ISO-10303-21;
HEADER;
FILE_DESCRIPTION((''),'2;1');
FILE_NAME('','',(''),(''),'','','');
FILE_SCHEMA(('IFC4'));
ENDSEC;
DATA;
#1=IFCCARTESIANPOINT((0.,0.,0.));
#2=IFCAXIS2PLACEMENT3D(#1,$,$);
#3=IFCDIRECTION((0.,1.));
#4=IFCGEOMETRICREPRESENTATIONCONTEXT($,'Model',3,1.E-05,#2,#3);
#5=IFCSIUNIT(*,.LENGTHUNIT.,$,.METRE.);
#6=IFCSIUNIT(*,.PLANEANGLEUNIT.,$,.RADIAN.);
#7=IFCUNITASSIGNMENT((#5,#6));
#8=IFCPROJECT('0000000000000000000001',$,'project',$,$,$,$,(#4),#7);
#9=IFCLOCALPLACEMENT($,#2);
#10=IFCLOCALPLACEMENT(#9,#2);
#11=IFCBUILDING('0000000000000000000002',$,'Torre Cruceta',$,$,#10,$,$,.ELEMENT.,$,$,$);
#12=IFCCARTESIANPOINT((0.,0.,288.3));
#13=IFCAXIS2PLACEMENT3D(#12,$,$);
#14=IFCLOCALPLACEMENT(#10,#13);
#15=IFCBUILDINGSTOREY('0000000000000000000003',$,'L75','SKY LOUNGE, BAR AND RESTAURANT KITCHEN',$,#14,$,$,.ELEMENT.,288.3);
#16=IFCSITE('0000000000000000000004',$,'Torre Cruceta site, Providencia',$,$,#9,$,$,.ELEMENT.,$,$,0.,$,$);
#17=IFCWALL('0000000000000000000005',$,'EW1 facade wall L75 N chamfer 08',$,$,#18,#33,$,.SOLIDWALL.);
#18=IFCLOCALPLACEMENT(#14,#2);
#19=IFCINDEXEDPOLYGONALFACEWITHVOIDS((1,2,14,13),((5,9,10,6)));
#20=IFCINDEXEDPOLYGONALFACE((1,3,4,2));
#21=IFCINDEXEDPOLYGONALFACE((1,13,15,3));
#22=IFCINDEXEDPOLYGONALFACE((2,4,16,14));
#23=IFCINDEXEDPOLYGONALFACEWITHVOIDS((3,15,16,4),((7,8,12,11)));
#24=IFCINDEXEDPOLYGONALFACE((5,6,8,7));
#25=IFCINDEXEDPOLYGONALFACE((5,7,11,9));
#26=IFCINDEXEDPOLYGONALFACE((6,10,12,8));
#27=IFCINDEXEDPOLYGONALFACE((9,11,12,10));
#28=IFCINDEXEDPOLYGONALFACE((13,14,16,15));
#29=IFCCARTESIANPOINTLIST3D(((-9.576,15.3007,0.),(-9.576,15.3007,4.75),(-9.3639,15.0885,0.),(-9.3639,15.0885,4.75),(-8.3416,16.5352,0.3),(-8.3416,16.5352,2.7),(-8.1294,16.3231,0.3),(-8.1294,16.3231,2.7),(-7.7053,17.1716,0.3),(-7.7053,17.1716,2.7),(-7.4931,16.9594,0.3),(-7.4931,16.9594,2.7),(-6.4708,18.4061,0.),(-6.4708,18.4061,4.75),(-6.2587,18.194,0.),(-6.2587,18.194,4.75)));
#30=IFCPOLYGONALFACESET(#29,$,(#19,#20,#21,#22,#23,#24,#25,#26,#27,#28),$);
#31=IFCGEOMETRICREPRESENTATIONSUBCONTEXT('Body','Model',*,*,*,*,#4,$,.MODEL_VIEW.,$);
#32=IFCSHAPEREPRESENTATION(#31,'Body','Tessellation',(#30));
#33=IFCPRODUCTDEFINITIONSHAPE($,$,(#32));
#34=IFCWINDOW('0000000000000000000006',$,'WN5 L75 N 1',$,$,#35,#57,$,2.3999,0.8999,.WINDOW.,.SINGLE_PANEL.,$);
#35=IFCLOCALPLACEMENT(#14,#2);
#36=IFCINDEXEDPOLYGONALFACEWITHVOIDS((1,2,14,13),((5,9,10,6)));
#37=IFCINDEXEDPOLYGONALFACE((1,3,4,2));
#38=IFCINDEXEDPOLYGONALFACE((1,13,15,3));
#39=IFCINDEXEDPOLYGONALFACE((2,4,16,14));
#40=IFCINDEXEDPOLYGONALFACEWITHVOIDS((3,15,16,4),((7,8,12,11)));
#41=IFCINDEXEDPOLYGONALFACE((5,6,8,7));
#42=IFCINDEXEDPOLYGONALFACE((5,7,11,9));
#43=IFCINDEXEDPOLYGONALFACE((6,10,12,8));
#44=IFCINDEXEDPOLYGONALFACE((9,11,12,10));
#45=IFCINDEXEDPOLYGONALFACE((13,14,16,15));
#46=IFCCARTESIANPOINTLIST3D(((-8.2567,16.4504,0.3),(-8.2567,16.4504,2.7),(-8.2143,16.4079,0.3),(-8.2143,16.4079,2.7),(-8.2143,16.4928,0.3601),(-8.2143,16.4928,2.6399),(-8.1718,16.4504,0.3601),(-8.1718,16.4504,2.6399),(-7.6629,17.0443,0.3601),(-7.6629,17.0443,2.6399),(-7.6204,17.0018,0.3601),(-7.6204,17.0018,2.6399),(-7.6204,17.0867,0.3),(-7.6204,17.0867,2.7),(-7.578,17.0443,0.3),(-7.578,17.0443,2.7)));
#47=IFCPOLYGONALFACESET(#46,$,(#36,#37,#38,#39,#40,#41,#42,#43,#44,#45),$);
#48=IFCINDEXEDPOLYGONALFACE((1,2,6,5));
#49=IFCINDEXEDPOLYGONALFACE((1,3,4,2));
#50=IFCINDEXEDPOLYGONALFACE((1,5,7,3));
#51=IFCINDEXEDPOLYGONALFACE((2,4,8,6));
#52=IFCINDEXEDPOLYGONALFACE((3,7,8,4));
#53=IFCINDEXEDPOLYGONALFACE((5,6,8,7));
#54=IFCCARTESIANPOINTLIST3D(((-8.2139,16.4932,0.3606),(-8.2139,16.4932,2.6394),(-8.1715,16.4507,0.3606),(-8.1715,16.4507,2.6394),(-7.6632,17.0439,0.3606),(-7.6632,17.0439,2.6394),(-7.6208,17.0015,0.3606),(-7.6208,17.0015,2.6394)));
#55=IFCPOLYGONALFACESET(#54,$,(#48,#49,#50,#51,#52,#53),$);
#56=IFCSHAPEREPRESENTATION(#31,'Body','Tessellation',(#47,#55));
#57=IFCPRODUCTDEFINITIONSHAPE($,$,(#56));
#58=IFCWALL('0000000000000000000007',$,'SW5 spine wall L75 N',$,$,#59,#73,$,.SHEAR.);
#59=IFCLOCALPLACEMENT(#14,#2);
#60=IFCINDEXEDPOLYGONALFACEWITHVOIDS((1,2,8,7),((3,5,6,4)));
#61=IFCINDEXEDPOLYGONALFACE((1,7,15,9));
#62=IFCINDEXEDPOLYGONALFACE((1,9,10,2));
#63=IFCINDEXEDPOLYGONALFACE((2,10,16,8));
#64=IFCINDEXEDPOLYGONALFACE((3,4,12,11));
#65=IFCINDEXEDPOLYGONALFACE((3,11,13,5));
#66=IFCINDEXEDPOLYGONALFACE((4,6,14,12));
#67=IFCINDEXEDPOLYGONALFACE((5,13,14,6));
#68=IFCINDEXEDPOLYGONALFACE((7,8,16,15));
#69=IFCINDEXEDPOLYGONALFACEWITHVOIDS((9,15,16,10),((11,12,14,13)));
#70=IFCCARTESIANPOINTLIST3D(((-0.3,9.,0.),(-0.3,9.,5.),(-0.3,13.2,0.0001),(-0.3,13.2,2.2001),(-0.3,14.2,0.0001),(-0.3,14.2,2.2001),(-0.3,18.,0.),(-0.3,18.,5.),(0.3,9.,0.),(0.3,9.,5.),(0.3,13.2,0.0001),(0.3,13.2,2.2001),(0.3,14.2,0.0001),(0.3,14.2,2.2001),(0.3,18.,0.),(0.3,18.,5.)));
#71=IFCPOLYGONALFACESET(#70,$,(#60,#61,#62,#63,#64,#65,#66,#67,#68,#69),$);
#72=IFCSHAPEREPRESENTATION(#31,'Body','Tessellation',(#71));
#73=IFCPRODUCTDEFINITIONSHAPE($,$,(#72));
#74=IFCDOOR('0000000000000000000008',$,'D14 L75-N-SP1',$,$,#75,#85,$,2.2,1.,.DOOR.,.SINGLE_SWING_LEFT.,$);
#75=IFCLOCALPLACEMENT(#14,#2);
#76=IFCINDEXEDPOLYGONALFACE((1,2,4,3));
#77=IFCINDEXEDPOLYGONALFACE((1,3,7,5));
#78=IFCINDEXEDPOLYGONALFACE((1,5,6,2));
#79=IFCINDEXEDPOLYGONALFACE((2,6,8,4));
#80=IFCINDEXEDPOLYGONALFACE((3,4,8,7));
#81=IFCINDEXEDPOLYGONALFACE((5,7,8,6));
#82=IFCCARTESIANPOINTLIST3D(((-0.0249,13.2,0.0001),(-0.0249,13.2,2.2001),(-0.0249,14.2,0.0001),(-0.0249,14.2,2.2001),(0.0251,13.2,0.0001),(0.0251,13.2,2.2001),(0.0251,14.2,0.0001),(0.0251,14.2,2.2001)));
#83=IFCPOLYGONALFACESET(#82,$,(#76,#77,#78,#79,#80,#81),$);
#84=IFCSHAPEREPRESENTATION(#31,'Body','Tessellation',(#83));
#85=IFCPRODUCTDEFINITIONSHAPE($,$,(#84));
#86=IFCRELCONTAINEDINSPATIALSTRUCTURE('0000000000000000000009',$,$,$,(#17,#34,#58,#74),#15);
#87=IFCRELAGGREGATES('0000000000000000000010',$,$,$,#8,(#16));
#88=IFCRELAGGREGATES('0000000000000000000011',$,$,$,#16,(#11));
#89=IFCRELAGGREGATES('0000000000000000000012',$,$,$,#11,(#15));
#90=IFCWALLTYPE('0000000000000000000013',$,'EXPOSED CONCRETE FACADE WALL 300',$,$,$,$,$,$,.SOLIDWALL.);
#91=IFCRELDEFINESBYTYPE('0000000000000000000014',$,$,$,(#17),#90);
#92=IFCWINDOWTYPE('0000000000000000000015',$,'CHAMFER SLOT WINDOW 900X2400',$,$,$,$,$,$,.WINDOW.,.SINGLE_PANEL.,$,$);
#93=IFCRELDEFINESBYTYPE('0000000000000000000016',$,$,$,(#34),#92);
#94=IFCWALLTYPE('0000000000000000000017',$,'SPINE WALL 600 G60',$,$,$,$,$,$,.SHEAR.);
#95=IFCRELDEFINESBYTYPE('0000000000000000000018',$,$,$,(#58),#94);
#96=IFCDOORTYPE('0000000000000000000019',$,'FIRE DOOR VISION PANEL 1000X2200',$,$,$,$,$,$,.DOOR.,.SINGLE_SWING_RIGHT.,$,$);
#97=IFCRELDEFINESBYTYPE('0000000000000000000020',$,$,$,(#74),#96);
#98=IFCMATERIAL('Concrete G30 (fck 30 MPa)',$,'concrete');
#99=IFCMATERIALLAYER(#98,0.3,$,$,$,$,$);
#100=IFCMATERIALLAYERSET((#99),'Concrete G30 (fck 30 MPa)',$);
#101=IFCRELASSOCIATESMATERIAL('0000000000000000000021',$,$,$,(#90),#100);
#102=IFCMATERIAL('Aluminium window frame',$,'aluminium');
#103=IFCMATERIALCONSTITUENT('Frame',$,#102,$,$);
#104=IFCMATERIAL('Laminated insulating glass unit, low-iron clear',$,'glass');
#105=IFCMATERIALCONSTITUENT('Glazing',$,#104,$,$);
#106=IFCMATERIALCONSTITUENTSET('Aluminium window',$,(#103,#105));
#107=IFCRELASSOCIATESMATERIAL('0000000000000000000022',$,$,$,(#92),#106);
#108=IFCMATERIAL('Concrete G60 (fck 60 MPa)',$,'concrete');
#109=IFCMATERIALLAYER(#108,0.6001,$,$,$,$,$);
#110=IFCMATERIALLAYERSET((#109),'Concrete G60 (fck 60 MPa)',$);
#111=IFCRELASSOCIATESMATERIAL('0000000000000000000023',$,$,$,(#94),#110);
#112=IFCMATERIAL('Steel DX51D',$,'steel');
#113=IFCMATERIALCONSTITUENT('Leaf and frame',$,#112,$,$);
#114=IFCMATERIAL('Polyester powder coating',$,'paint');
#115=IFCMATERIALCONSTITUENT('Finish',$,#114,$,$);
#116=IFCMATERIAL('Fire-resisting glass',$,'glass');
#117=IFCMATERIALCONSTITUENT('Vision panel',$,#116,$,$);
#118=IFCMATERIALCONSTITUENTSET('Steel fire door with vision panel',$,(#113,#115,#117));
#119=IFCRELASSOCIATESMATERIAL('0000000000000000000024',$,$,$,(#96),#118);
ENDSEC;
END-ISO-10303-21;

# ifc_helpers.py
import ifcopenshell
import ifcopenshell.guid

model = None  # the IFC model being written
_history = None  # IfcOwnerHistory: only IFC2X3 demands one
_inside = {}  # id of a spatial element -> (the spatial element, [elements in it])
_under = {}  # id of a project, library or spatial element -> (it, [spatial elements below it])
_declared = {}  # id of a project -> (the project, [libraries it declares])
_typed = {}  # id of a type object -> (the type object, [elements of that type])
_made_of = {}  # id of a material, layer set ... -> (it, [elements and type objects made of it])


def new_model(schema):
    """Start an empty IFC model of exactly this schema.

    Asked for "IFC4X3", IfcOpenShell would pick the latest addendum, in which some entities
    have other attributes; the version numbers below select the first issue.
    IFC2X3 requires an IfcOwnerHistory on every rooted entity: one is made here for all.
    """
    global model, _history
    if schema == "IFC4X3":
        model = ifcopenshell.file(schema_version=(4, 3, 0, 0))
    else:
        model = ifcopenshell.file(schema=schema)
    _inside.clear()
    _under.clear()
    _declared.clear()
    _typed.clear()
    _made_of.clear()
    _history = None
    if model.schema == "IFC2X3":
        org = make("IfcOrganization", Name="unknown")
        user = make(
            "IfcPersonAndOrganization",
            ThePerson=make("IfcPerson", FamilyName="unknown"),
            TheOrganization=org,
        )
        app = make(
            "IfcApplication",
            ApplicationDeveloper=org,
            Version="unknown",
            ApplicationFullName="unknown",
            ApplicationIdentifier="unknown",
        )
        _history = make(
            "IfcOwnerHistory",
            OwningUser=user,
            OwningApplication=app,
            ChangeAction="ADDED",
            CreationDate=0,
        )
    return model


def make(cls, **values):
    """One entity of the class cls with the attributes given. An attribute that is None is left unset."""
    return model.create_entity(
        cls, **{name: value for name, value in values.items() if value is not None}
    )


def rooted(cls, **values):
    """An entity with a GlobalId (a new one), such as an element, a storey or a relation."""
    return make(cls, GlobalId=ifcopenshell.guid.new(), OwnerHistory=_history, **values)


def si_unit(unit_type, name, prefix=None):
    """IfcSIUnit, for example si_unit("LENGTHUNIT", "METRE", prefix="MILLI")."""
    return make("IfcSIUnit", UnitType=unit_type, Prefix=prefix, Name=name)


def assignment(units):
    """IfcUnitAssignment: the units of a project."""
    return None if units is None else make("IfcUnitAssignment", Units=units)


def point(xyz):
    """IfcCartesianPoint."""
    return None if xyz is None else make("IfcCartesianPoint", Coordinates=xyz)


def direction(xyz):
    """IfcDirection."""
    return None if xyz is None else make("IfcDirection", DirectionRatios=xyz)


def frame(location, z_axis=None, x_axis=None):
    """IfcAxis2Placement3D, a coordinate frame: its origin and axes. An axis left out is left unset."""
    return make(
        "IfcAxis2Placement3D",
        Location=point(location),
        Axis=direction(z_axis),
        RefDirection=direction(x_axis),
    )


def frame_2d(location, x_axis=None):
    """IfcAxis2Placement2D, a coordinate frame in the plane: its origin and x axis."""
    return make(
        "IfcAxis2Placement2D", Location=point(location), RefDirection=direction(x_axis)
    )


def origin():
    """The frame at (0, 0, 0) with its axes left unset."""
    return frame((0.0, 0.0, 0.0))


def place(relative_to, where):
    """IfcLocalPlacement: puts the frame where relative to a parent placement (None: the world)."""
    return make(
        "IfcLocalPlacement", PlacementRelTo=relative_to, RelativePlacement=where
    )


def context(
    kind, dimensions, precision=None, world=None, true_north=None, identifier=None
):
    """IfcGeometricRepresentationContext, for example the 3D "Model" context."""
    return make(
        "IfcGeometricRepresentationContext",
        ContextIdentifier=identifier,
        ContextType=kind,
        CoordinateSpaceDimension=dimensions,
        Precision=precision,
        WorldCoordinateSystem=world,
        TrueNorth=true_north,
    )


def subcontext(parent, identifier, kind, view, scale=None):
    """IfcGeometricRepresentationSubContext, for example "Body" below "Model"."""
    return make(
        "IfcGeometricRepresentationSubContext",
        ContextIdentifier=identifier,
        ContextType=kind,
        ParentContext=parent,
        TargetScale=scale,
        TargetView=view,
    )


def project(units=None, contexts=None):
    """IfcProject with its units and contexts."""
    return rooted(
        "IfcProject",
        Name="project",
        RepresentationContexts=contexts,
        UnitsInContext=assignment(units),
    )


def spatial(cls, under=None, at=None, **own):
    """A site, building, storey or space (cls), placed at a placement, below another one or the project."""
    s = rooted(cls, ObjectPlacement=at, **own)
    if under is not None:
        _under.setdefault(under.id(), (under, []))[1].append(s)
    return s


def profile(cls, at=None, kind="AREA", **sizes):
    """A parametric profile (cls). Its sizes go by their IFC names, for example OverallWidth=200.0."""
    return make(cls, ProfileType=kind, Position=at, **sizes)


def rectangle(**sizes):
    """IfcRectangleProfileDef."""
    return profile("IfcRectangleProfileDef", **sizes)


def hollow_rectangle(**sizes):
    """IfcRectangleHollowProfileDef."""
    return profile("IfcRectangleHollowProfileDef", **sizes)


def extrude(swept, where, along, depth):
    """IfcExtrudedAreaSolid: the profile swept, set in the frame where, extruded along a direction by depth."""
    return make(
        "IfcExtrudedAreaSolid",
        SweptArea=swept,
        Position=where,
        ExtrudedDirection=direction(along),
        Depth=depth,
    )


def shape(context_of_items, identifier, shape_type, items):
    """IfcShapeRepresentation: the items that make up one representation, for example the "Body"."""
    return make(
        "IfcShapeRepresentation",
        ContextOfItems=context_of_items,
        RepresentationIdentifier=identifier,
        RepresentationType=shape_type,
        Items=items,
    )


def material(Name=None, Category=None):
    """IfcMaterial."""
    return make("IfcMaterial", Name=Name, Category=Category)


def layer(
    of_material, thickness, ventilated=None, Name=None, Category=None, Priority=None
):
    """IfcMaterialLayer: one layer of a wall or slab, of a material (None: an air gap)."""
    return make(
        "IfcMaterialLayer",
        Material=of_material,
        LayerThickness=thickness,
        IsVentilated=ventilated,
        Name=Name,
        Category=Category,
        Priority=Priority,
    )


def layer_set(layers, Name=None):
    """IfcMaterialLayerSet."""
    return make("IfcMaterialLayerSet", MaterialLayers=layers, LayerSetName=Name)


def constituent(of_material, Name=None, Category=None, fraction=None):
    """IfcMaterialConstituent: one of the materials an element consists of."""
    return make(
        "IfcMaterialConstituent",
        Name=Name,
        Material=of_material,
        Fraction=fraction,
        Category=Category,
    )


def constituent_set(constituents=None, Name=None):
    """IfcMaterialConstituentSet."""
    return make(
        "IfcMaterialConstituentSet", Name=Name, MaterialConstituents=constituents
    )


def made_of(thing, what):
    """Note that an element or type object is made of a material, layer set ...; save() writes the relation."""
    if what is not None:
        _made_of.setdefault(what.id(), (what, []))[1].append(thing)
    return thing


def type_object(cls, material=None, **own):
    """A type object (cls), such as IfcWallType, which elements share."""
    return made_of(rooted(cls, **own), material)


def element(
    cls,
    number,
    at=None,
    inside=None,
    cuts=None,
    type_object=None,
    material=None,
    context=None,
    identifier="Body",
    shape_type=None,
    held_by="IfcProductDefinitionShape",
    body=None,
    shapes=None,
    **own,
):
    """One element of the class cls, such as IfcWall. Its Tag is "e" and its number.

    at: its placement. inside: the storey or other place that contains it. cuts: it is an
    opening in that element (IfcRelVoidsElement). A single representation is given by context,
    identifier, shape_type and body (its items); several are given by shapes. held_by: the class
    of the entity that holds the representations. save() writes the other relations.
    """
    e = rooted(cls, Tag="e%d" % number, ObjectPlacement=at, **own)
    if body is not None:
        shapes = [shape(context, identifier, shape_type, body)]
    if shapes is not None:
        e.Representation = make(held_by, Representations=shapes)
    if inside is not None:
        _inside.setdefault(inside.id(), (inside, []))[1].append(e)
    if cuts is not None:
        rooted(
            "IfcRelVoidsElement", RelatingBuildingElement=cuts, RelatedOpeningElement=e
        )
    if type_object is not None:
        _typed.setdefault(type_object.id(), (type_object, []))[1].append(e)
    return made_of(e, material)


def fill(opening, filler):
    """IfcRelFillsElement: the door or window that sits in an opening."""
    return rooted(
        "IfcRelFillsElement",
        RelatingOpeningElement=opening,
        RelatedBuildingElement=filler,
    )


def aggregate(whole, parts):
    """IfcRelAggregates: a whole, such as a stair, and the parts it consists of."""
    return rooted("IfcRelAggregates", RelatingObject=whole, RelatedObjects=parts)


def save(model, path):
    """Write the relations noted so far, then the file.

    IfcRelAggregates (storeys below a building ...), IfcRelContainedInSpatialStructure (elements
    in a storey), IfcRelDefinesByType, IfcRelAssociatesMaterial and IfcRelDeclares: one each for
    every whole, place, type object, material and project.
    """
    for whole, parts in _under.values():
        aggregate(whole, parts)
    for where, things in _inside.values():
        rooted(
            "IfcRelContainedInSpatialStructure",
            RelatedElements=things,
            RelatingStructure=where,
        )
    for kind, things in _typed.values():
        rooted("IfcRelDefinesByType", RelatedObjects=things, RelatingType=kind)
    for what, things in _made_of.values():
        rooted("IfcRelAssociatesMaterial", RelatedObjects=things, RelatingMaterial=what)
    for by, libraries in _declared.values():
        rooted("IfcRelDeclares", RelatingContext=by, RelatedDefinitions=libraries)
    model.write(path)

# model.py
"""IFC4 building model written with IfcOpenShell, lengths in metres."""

from ifc_helpers import new_model, si_unit, direction, frame, frame_2d, origin, place, context, subcontext, project, spatial, rectangle, hollow_rectangle, extrude, material, layer, layer_set, constituent, constituent_set, type_object, element, fill, save


model = new_model("IFC4")

# Units and contexts
model_context = context("Model", 3, precision=1e-05, world=origin(), true_north=direction((0.0, 1.0)))
body_context = subcontext(model_context, "Body", "Model", "MODEL_VIEW")
ifc_project = project(units=[si_unit("LENGTHUNIT", "METRE"), si_unit("PLANEANGLEUNIT", "RADIAN")], contexts=[model_context])

# Site, building, storey
site_placement = place(None, origin())
site = spatial("IfcSite", under=ifc_project, at=site_placement, Name="Torre Cruceta site, Providencia", CompositionType="ELEMENT", RefElevation=0.0)
building_placement = place(site_placement, origin())
building = spatial("IfcBuilding", under=site, at=building_placement, Name="Torre Cruceta", CompositionType="ELEMENT")
storey_placement = place(building_placement, frame((0.0, 0.0, 288.3)))
storey = spatial("IfcBuildingStorey", under=building, at=storey_placement, Name="L75", Description="SKY LOUNGE, BAR AND RESTAURANT KITCHEN", CompositionType="ELEMENT", Elevation=288.3)

# Wall, opening, window
ifc_material_1 = material(Name="Concrete G30 (fck 30 MPa)", Category="concrete")
ifc_layer_1 = layer(ifc_material_1, 0.3)
ifc_layer_set_1 = layer_set([ifc_layer_1], Name="Concrete G30 (fck 30 MPa)")
wall_type_1 = type_object("IfcWallType", Name="EXPOSED CONCRETE FACADE WALL 300", PredefinedType="SOLIDWALL", material=ifc_layer_set_1)
wall_1_placement = place(storey_placement, frame((-6.3647, 18.3, 0.0), z_axis=(0.0, 0.0, 1.0), x_axis=(-0.707079, -0.707135, 0.0)))
wall_1 = element("IfcWall", 1, at=wall_1_placement, inside=storey, type_object=wall_type_1, Name="EW1 facade wall L75 N chamfer 08", PredefinedType="SOLIDWALL", context=body_context, shape_type="SweptSolid", body=[
    extrude(rectangle(XDim=4.3916, YDim=0.3, at=frame_2d((2.1958, 0.0))), origin(), (0.0, 0.0, 1.0), 4.75),
])
opening_1_placement = place(wall_1_placement, frame((1.7458, 0.0, 0.3)))
opening_1 = element("IfcOpeningElement", 2, at=opening_1_placement, cuts=wall_1, PredefinedType="OPENING", context=body_context, shape_type="SweptSolid", body=[
    extrude(rectangle(XDim=0.8999, YDim=2.3999, at=frame_2d((0.45, 1.2))), frame((0.0, 0.1599, 0.0), z_axis=(0.0, -1.0, 0.0), x_axis=(1.0, 0.0, 0.0)), (0.0, 0.0, 1.0), 0.3201),
])
ifc_material_2 = material(Name="Aluminium window frame", Category="aluminium")
ifc_constituent_1 = constituent(ifc_material_2, Name="Frame")
ifc_material_3 = material(Name="Laminated insulating glass unit, low-iron clear", Category="glass")
ifc_constituent_2 = constituent(ifc_material_3, Name="Glazing")
ifc_constituent_set_1 = constituent_set(constituents=[ifc_constituent_1, ifc_constituent_2], Name="Aluminium window")
window_type = type_object("IfcWindowType", Name="CHAMFER SLOT WINDOW 900X2400", PartitioningType="SINGLE_PANEL", PredefinedType="WINDOW", material=ifc_constituent_set_1)
window_placement = place(opening_1_placement, origin())
window = element("IfcWindow", 3, at=window_placement, inside=storey, type_object=window_type, Name="WN5 L75 N 1", OverallHeight=2.3999, OverallWidth=0.8999, PartitioningType="SINGLE_PANEL", PredefinedType="WINDOW", context=body_context, shape_type="SweptSolid", body=[
    extrude(hollow_rectangle(XDim=0.8999, YDim=2.3999, WallThickness=0.0601, at=frame_2d((0.45, 1.2))), frame((0.0, 0.03, 0.0), z_axis=(0.0, -1.0, 0.0), x_axis=(1.0, 0.0, 0.0)), (0.0, 0.0, 1.0), 0.0601),
    extrude(rectangle(XDim=0.7788, YDim=2.2788, at=frame_2d((0.45, 1.2))), frame((0.0, 0.03, 0.0), z_axis=(0.0, -1.0, 0.0), x_axis=(1.0, 0.0, 0.0)), (0.0, 0.0, 1.0), 0.0601),
])
fill(opening_1, window)

# Wall, opening, door
ifc_material_4 = material(Name="Concrete G60 (fck 60 MPa)", Category="concrete")
ifc_layer_2 = layer(ifc_material_4, 0.6001)
ifc_layer_set_2 = layer_set([ifc_layer_2], Name="Concrete G60 (fck 60 MPa)")
wall_type_2 = type_object("IfcWallType", Name="SPINE WALL 600 G60", PredefinedType="SHEAR", material=ifc_layer_set_2)
wall_2_placement = place(storey_placement, frame((0.0, 9.0, 0.0), z_axis=(0.0, 0.0, 1.0), x_axis=(0.0, 1.0, 0.0)))
wall_2 = element("IfcWall", 4, at=wall_2_placement, inside=storey, type_object=wall_type_2, Name="SW5 spine wall L75 N", PredefinedType="SHEAR", context=body_context, shape_type="SweptSolid", body=[
    extrude(rectangle(XDim=9.0, YDim=0.6001, at=frame_2d((4.5, 0.0))), origin(), (0.0, 0.0, 1.0), 5.0),
])
opening_2_placement = place(wall_2_placement, frame((4.2, 0.0, 0.0)))
opening_2 = element("IfcOpeningElement", 5, at=opening_2_placement, cuts=wall_2, PredefinedType="OPENING", context=body_context, shape_type="SweptSolid", body=[
    extrude(rectangle(XDim=1.0, YDim=2.2, at=frame_2d((0.5, 1.1001))), frame((0.0, 0.3101, 0.0), z_axis=(0.0, -1.0, 0.0), x_axis=(1.0, 0.0, 0.0)), (0.0, 0.0, 1.0), 0.6201),
])
ifc_material_5 = material(Name="Steel DX51D", Category="steel")
ifc_constituent_3 = constituent(ifc_material_5, Name="Leaf and frame")
ifc_material_6 = material(Name="Polyester powder coating", Category="paint")
ifc_constituent_4 = constituent(ifc_material_6, Name="Finish")
ifc_material_7 = material(Name="Fire-resisting glass", Category="glass")
ifc_constituent_5 = constituent(ifc_material_7, Name="Vision panel")
ifc_constituent_set_2 = constituent_set(constituents=[ifc_constituent_3, ifc_constituent_4, ifc_constituent_5], Name="Steel fire door with vision panel")
door_type_1 = type_object("IfcDoorType", Name="FIRE DOOR VISION PANEL 1000X2200", OperationType="SINGLE_SWING_RIGHT", PredefinedType="DOOR", material=ifc_constituent_set_2)
door_1_placement = place(opening_2_placement, frame((1.0, 0.0, 0.0), z_axis=(0.0, 0.0, 1.0), x_axis=(-1.0, 0.0, 0.0)))
door_1 = element("IfcDoor", 6, at=door_1_placement, inside=storey, type_object=door_type_1, Name="D14 L75-N-SP1", OperationType="SINGLE_SWING_LEFT", OverallHeight=2.2, OverallWidth=1.0, PredefinedType="DOOR", context=body_context, shape_type="SweptSolid", body=[
    extrude(rectangle(XDim=1.0, YDim=2.2, at=frame_2d((0.5, 1.1001))), frame((0.0, 0.0251, 0.0), z_axis=(0.0, -1.0, 0.0), x_axis=(1.0, 0.0, 0.0)), (0.0, 0.0, 1.0), 0.05),
])
fill(opening_2, door_1)

save(model, "model.ifc")
